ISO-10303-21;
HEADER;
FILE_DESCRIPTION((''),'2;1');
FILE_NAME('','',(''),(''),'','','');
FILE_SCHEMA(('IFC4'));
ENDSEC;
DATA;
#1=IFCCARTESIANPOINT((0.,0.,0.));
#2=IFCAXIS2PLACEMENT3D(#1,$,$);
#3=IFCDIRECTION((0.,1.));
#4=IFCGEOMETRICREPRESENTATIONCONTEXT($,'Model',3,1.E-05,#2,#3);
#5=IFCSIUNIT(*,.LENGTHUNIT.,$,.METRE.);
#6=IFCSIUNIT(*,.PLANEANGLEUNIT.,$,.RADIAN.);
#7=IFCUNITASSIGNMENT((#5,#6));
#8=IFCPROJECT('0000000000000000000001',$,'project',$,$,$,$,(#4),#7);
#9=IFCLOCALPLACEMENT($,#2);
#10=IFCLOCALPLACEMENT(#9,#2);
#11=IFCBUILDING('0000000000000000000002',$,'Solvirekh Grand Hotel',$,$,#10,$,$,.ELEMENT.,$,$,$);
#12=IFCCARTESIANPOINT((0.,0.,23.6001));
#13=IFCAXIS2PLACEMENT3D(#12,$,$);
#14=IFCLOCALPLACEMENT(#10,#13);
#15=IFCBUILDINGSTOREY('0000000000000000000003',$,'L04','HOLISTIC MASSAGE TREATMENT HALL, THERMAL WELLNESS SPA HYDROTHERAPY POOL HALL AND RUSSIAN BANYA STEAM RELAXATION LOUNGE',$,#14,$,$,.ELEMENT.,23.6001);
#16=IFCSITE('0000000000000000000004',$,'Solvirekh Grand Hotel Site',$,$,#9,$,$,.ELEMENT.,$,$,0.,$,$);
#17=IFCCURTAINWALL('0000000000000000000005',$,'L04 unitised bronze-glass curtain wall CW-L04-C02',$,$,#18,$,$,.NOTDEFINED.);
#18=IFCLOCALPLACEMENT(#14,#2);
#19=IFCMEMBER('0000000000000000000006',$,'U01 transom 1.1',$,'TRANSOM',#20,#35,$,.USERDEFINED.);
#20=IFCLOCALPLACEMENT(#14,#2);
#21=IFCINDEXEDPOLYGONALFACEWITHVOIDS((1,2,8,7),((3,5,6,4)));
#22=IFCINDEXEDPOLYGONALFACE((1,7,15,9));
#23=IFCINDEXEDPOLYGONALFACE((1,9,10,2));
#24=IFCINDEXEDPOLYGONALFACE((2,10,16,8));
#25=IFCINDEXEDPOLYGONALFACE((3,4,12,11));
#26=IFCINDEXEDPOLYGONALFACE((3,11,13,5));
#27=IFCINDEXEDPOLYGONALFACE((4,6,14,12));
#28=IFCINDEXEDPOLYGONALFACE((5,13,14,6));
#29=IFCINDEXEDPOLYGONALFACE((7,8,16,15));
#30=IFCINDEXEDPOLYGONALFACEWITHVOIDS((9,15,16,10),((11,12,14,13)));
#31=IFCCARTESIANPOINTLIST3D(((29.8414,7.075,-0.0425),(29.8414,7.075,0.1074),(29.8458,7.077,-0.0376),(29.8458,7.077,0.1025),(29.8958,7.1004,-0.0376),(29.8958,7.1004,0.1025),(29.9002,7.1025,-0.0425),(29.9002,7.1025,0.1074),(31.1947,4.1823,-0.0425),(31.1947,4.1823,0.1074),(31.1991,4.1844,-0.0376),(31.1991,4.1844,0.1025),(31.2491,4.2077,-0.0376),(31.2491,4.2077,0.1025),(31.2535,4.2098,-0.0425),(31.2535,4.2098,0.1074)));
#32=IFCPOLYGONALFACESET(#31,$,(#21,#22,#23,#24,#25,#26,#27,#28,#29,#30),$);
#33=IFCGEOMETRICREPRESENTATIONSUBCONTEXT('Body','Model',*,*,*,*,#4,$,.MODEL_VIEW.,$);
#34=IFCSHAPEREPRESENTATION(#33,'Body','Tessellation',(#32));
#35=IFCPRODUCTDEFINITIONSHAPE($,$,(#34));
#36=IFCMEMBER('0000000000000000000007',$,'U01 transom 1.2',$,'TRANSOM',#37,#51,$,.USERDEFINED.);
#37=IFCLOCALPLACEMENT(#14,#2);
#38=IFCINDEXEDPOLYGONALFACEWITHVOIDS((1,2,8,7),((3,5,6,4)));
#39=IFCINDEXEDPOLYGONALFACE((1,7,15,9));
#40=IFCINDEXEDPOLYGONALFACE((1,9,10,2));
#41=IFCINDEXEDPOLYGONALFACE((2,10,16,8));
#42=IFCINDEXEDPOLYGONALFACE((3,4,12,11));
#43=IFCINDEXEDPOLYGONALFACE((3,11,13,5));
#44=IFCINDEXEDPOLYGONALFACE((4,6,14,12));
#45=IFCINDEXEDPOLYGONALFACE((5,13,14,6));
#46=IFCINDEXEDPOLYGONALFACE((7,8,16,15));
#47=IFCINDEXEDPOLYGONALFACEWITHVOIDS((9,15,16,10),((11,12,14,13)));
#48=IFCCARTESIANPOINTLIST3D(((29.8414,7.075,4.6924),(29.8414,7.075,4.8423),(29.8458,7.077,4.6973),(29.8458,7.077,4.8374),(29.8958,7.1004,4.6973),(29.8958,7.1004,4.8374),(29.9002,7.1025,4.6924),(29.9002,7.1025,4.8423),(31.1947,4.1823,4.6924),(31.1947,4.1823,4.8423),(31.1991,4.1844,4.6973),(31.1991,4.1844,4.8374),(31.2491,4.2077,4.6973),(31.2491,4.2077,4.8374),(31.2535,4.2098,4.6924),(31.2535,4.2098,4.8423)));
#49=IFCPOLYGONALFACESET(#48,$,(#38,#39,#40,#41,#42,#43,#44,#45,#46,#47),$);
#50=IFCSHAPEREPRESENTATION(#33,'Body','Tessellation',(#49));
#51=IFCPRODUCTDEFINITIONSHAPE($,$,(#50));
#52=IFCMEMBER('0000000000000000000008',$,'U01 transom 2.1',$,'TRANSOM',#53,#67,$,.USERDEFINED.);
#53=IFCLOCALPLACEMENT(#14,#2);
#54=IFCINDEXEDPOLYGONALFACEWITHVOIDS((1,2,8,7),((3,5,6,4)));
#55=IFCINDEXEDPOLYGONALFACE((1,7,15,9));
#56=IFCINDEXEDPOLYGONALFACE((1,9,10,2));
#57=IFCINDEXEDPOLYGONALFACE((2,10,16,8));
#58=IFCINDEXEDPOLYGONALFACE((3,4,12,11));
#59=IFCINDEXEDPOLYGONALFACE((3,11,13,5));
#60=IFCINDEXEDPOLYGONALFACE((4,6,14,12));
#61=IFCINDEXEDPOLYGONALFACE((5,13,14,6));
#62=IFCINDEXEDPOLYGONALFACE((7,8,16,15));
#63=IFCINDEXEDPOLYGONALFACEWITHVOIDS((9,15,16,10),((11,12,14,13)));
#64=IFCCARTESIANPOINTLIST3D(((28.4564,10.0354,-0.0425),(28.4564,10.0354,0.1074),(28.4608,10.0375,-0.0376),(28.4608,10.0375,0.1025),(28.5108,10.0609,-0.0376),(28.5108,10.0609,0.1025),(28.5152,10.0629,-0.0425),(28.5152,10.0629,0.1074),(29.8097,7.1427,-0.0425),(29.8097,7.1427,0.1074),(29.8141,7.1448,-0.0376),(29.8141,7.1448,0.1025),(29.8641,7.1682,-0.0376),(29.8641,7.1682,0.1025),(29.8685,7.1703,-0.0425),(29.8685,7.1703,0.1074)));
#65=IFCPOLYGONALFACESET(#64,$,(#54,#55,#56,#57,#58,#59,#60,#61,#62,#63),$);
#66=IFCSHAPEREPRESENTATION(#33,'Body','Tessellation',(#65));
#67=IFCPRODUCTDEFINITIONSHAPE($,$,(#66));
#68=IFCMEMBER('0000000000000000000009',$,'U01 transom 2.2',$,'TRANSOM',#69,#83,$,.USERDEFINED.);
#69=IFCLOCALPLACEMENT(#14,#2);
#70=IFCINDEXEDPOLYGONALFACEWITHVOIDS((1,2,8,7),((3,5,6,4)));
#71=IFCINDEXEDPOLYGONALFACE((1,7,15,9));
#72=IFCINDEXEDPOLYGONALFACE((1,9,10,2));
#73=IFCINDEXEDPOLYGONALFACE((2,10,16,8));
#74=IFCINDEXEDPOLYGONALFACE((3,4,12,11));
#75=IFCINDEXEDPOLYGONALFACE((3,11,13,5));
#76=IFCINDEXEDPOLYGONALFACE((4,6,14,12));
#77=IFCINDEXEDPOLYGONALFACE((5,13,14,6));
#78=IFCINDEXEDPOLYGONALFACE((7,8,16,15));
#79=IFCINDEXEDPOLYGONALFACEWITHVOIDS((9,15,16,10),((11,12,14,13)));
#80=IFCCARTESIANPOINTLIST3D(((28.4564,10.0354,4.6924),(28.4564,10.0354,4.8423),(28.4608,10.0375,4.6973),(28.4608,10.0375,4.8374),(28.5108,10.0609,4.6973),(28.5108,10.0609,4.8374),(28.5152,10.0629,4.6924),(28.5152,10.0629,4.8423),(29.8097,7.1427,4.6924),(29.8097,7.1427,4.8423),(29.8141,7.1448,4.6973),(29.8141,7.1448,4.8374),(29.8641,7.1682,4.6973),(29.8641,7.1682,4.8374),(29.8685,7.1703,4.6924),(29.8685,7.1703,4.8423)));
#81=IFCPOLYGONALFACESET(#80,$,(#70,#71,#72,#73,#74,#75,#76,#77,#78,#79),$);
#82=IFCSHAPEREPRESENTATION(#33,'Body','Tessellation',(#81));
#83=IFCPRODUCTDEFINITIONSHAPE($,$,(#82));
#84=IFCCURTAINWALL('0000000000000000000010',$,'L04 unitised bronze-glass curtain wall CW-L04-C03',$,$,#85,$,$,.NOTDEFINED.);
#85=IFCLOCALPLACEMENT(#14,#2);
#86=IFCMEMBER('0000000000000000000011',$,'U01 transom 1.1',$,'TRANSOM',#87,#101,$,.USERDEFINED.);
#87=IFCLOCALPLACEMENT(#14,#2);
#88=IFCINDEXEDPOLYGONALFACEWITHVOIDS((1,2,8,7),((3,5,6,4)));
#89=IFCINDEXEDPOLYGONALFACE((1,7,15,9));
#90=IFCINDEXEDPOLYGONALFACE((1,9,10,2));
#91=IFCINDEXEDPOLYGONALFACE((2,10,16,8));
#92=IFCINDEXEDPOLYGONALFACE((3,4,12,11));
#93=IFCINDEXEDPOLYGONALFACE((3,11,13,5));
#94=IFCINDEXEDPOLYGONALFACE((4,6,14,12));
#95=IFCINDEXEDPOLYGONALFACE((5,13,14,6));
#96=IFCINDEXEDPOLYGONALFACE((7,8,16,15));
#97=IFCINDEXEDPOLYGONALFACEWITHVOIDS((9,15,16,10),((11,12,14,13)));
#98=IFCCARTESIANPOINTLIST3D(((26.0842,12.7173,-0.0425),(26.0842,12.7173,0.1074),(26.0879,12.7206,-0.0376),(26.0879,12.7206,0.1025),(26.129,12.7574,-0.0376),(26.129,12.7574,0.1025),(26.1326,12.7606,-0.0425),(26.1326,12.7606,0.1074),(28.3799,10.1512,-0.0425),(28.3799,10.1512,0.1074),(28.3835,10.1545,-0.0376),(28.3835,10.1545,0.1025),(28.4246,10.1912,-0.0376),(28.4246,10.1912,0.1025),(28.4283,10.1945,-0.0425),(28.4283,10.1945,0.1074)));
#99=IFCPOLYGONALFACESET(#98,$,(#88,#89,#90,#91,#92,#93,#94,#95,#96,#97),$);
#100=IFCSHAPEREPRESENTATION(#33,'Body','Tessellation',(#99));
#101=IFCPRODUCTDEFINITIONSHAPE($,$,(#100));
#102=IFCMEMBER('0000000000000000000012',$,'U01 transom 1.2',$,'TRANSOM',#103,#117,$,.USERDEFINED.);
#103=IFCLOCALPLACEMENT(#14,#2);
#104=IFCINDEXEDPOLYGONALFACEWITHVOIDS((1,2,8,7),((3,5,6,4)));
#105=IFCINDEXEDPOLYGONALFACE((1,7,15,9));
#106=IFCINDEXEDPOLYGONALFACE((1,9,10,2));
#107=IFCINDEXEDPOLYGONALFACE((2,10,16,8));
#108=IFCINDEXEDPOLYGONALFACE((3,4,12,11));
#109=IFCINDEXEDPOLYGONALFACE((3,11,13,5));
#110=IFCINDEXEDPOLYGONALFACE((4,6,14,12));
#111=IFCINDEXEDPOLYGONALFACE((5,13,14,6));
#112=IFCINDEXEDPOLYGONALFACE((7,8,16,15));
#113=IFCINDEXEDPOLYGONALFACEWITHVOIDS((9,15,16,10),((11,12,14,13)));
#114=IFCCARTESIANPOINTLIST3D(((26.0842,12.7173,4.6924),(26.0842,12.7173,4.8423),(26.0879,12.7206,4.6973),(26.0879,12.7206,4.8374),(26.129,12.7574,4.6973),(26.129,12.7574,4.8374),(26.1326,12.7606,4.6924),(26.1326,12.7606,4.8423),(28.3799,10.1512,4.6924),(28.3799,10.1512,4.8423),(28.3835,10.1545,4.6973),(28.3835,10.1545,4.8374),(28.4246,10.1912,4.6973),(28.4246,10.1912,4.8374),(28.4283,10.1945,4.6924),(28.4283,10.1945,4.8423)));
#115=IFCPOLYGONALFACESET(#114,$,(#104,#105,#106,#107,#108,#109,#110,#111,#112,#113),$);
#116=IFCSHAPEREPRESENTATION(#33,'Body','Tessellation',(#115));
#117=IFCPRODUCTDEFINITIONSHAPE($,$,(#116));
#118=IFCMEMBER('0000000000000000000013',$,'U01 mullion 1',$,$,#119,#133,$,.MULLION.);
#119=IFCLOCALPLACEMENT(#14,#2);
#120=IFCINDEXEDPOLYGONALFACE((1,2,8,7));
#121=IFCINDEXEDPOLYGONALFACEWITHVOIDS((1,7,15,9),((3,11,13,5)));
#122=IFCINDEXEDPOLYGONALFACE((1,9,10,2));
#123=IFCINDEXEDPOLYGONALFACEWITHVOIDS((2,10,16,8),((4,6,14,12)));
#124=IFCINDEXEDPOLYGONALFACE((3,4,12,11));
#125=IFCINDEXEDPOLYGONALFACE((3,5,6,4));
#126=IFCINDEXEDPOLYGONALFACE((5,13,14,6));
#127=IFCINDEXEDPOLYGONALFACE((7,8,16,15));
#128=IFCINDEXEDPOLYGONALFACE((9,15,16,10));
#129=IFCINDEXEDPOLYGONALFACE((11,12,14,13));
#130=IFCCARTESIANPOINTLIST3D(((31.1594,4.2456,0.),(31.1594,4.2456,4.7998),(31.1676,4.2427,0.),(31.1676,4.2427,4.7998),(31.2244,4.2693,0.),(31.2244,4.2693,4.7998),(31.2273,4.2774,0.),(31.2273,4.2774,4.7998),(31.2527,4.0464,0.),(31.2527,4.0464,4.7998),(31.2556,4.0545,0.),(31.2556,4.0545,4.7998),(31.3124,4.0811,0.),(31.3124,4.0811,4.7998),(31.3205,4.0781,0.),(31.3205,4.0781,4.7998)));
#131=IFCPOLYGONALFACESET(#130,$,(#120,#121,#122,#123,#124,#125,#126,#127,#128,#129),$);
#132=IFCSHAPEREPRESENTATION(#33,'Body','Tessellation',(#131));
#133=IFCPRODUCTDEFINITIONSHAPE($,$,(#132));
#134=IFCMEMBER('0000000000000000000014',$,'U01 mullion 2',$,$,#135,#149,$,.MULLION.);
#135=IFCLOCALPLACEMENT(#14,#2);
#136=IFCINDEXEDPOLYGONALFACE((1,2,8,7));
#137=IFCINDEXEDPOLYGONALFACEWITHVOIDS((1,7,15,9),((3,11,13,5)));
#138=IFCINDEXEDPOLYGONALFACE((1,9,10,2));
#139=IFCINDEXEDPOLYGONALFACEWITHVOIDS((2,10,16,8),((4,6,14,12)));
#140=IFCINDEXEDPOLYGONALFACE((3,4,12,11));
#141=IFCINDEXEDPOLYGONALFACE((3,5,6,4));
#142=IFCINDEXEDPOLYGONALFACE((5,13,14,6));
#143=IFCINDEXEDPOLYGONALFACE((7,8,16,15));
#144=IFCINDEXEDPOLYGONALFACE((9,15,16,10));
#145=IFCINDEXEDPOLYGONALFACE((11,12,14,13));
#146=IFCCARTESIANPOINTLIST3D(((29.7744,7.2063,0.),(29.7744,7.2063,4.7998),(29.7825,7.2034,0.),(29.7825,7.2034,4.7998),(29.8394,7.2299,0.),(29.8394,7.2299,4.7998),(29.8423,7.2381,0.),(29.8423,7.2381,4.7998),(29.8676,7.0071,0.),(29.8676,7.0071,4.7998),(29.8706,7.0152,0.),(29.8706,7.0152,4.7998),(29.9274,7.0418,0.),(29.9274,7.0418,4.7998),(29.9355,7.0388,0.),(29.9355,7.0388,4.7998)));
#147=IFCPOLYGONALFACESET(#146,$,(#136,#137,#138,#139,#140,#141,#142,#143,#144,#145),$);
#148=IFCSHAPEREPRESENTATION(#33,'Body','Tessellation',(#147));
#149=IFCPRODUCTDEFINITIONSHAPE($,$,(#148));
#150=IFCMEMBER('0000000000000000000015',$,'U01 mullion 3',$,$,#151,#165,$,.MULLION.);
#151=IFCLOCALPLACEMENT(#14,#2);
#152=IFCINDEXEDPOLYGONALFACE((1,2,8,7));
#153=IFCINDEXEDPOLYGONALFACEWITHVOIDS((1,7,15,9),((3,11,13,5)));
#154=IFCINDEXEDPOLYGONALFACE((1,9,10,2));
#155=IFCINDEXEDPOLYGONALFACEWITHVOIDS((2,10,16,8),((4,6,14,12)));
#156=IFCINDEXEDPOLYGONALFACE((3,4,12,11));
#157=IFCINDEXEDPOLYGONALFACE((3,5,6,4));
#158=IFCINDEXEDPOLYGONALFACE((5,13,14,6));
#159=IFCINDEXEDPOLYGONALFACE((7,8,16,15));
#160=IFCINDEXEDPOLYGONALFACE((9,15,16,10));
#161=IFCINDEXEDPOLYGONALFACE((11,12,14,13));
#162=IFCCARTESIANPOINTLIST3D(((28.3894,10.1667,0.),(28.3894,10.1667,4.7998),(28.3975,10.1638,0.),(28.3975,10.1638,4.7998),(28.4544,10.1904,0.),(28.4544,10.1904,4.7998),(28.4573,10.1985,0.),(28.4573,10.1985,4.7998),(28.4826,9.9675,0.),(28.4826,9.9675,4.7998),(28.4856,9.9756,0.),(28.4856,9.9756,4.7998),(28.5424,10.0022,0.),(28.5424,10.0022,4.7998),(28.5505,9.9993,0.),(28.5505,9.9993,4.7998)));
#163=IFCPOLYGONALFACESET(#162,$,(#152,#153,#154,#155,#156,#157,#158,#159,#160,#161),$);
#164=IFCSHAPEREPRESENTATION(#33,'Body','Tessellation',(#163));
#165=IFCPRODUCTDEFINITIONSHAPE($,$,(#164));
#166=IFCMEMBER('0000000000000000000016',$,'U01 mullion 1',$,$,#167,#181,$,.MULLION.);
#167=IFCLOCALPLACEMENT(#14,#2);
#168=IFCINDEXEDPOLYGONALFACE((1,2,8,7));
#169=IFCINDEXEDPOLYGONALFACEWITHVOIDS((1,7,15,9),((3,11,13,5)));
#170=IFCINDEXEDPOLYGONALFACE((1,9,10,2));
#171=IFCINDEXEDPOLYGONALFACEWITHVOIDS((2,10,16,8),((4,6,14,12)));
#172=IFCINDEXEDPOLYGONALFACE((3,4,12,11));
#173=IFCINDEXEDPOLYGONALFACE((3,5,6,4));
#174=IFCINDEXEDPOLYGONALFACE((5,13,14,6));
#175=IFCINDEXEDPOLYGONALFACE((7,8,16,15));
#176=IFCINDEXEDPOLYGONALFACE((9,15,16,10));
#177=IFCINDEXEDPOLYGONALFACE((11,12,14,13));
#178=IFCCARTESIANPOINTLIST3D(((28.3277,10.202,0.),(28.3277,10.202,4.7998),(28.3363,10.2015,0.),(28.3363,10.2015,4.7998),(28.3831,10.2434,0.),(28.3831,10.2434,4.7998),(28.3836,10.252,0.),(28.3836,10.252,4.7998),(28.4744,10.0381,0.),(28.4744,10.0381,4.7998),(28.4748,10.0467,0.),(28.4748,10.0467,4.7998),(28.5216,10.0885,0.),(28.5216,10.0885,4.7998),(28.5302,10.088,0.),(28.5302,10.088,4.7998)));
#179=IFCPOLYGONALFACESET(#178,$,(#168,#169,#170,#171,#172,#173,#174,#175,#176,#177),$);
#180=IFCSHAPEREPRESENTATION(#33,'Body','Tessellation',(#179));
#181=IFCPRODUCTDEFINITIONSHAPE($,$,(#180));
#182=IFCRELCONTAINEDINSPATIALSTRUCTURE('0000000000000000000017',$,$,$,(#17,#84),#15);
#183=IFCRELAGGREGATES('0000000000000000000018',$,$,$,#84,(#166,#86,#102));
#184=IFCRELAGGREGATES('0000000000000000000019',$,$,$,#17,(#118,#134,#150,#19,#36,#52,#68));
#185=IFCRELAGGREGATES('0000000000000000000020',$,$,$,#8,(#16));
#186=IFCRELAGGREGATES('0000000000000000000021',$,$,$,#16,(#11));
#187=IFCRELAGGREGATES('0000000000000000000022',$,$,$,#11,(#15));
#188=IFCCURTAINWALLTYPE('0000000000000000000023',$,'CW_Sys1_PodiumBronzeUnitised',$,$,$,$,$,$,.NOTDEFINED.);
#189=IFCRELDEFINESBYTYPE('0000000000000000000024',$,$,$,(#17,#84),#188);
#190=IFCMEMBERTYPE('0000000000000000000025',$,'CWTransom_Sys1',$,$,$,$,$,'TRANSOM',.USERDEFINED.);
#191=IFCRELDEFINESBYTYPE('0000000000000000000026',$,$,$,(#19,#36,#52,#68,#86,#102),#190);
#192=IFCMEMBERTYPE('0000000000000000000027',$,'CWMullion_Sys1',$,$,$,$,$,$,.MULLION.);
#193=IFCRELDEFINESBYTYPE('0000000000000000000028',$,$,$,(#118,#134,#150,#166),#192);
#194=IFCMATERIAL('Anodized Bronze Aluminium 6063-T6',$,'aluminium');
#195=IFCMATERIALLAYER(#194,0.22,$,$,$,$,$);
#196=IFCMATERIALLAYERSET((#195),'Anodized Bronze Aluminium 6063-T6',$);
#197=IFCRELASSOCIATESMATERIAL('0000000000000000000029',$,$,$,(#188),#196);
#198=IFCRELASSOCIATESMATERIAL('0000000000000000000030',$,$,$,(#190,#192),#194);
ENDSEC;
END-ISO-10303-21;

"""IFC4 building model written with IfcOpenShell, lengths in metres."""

from ifc_helpers import new_model, si_unit, direction, frame, origin, origin_2d, place, context, subcontext, project, spatial, hollow_rectangle, extrude, source, transform, mapped, material, layer, layer_set, material_profile, profile_set, type_object, element, aggregate, save


model = new_model("IFC4")

# Units and contexts
model_context = context("Model", 3, precision=1e-05, world=origin(), true_north=direction((0.0, 1.0)))
body_context = subcontext(model_context, "Body", "Model", "MODEL_VIEW")
ifc_project = project(units=[si_unit("LENGTHUNIT", "METRE"), si_unit("PLANEANGLEUNIT", "RADIAN")], contexts=[model_context])

# Site, building, storey
site_placement = place(None, origin())
site = spatial("IfcSite", under=ifc_project, at=site_placement, Name="Solvirekh Grand Hotel Site", CompositionType="ELEMENT", RefElevation=0.0)
building_placement = place(site_placement, origin())
building = spatial("IfcBuilding", under=site, at=building_placement, Name="Solvirekh Grand Hotel", CompositionType="ELEMENT")
storey_placement = place(building_placement, frame((0.0, 0.0, 23.6001)))
storey = spatial("IfcBuildingStorey", under=building, at=storey_placement, Name="L04", Description="HOLISTIC MASSAGE TREATMENT HALL, THERMAL WELLNESS SPA HYDROTHERAPY POOL HALL AND RUSSIAN BANYA STEAM RELAXATION LOUNGE", CompositionType="ELEMENT", Elevation=23.6001)

# Curtain walls, members
ifc_material_1 = material(Name="Anodized Bronze Aluminium 6063-T6", Category="aluminium")
ifc_layer_1 = layer(ifc_material_1, 0.22)
ifc_layer_set_1 = layer_set([ifc_layer_1], Name="Anodized Bronze Aluminium 6063-T6")
curtain_wall_type = type_object("IfcCurtainWallType", Name="CW_Sys1_PodiumBronzeUnitised", PredefinedType="NOTDEFINED", material=ifc_layer_set_1)
curtain_wall_1_placement = place(storey_placement, origin())
curtain_wall_1 = element("IfcCurtainWall", 1, at=curtain_wall_1_placement, inside=storey, type_object=curtain_wall_type, Name="L04 unitised bronze-glass curtain wall CW-L04-C02", PredefinedType="NOTDEFINED")
ifc_material_profile_1 = material_profile(ifc_material_1, hollow_rectangle(XDim=0.0649, YDim=0.1499, WallThickness=0.0049, at=origin_2d()), Name="ALU RHS 150X65X5")
ifc_profile_set_1 = profile_set([ifc_material_profile_1], Name="Anodized Bronze Aluminium 6063-T6")
member_type_1 = type_object("IfcMemberType", Name="CWTransom_Sys1", ElementType="TRANSOM", PredefinedType="USERDEFINED", material=ifc_profile_set_1)
shared_shape_1 = source(origin(), body_context, "Body", "SweptSolid", [
    extrude(hollow_rectangle(XDim=0.0649, YDim=0.1499, WallThickness=0.0049, at=origin_2d()), origin(), (0.0, 0.0, 1.0), 3.1936),
])
member_1_placement = place(storey_placement, frame((31.2241, 4.196, 0.0325), z_axis=(-0.42376, 0.905775, 0.0), x_axis=(-0.905775, -0.42376, 0.0)))
member_1 = element("IfcMember", 2, at=member_1_placement, type_object=member_type_1, Name="U01 transom 1.1", ObjectType="TRANSOM", PredefinedType="USERDEFINED", context=body_context, shape_type="MappedRepresentation", body=[
    mapped(shared_shape_1, transform((0.0, 0.0, 0.0), x_axis=(1.0, 0.0, 0.0), y_axis=(0.0, 1.0, 0.0), z_axis=(0.0, 0.0, 1.0), scale=1.0)),
])
member_2_placement = place(storey_placement, frame((31.2241, 4.196, 4.7673), z_axis=(-0.42376, 0.905775, 0.0), x_axis=(-0.905775, -0.42376, 0.0)))
member_2 = element("IfcMember", 3, at=member_2_placement, type_object=member_type_1, Name="U01 transom 1.2", ObjectType="TRANSOM", PredefinedType="USERDEFINED", context=body_context, shape_type="MappedRepresentation", body=[
    mapped(shared_shape_1, transform((0.0, 0.0, 0.0), x_axis=(1.0, 0.0, 0.0), y_axis=(0.0, 1.0, 0.0), z_axis=(0.0, 0.0, 1.0), scale=1.0)),
])
member_3_placement = place(storey_placement, frame((29.8391, 7.1565, 0.0325), z_axis=(-0.42376, 0.905775, 0.0), x_axis=(-0.905775, -0.42376, 0.0)))
member_3 = element("IfcMember", 4, at=member_3_placement, type_object=member_type_1, Name="U01 transom 2.1", ObjectType="TRANSOM", PredefinedType="USERDEFINED", context=body_context, shape_type="MappedRepresentation", body=[
    mapped(shared_shape_1, transform((0.0, 0.0, 0.0), x_axis=(1.0, 0.0, 0.0), y_axis=(0.0, 1.0, 0.0), z_axis=(0.0, 0.0, 1.0), scale=1.0)),
])
member_4_placement = place(storey_placement, frame((29.8391, 7.1565, 4.7673), z_axis=(-0.42376, 0.905775, 0.0), x_axis=(-0.905775, -0.42376, 0.0)))
member_4 = element("IfcMember", 5, at=member_4_placement, type_object=member_type_1, Name="U01 transom 2.2", ObjectType="TRANSOM", PredefinedType="USERDEFINED", context=body_context, shape_type="MappedRepresentation", body=[
    mapped(shared_shape_1, transform((0.0, 0.0, 0.0), x_axis=(1.0, 0.0, 0.0), y_axis=(0.0, 1.0, 0.0), z_axis=(0.0, 0.0, 1.0), scale=1.0)),
])
curtain_wall_2_placement = place(storey_placement, origin())
curtain_wall_2 = element("IfcCurtainWall", 6, at=curtain_wall_2_placement, inside=storey, type_object=curtain_wall_type, Name="L04 unitised bronze-glass curtain wall CW-L04-C03", PredefinedType="NOTDEFINED")
shared_shape_2 = source(origin(), body_context, "Body", "SweptSolid", [
    extrude(hollow_rectangle(XDim=0.0649, YDim=0.1499, WallThickness=0.0049, at=origin_2d()), origin(), (0.0, 0.0, 1.0), 3.4431),
])
member_5_placement = place(storey_placement, frame((28.4041, 10.1729, 0.0325), z_axis=(-0.666733, 0.745297, 0.0), x_axis=(-0.745297, -0.666733, 0.0)))
member_5 = element("IfcMember", 7, at=member_5_placement, type_object=member_type_1, Name="U01 transom 1.1", ObjectType="TRANSOM", PredefinedType="USERDEFINED", context=body_context, shape_type="MappedRepresentation", body=[
    mapped(shared_shape_2, transform((0.0, 0.0, 0.0), x_axis=(1.0, 0.0, 0.0), y_axis=(0.0, 1.0, 0.0), z_axis=(0.0, 0.0, 1.0), scale=1.0)),
])
member_6_placement = place(storey_placement, frame((28.4041, 10.1729, 4.7673), z_axis=(-0.666733, 0.745297, 0.0), x_axis=(-0.745297, -0.666733, 0.0)))
member_6 = element("IfcMember", 8, at=member_6_placement, type_object=member_type_1, Name="U01 transom 1.2", ObjectType="TRANSOM", PredefinedType="USERDEFINED", context=body_context, shape_type="MappedRepresentation", body=[
    mapped(shared_shape_2, transform((0.0, 0.0, 0.0), x_axis=(1.0, 0.0, 0.0), y_axis=(0.0, 1.0, 0.0), z_axis=(0.0, 0.0, 1.0), scale=1.0)),
])

# Members
ifc_material_profile_2 = material_profile(ifc_material_1, hollow_rectangle(XDim=0.075, YDim=0.22, WallThickness=0.0061, at=origin_2d()), Name="ALU RHS 220X75X6")
ifc_profile_set_2 = profile_set([ifc_material_profile_2], Name="Anodized Bronze Aluminium 6063-T6")
member_type_2 = type_object("IfcMemberType", Name="CWMullion_Sys1", PredefinedType="MULLION", material=ifc_profile_set_2)
shared_shape_3 = source(origin(), body_context, "Body", "SweptSolid", [
    extrude(hollow_rectangle(XDim=0.075, YDim=0.22, WallThickness=0.0061, at=origin_2d()), origin(), (0.0, 0.0, 1.0), 4.7998),
])
member_7_placement = place(storey_placement, frame((31.24, 4.1619, 0.0), z_axis=(0.0, 0.0, 1.0), x_axis=(-0.905769, -0.423771, 0.0)))
member_7 = element("IfcMember", 9, at=member_7_placement, type_object=member_type_2, Name="U01 mullion 1", PredefinedType="MULLION", context=body_context, shape_type="MappedRepresentation", body=[
    mapped(shared_shape_3, transform((0.0, 0.0, 0.0), x_axis=(1.0, 0.0, 0.0), y_axis=(0.0, 1.0, 0.0), z_axis=(0.0, 0.0, 1.0), scale=1.0)),
])
member_8_placement = place(storey_placement, frame((29.855, 7.1226, 0.0), z_axis=(0.0, 0.0, 1.0), x_axis=(-0.905769, -0.423771, 0.0)))
member_8 = element("IfcMember", 10, at=member_8_placement, type_object=member_type_2, Name="U01 mullion 2", PredefinedType="MULLION", context=body_context, shape_type="MappedRepresentation", body=[
    mapped(shared_shape_3, transform((0.0, 0.0, 0.0), x_axis=(1.0, 0.0, 0.0), y_axis=(0.0, 1.0, 0.0), z_axis=(0.0, 0.0, 1.0), scale=1.0)),
])
member_9_placement = place(storey_placement, frame((28.47, 10.083, 0.0), z_axis=(0.0, 0.0, 1.0), x_axis=(-0.905769, -0.423771, 0.0)))
member_9 = element("IfcMember", 11, at=member_9_placement, type_object=member_type_2, Name="U01 mullion 3", PredefinedType="MULLION", context=body_context, shape_type="MappedRepresentation", body=[
    mapped(shared_shape_3, transform((0.0, 0.0, 0.0), x_axis=(1.0, 0.0, 0.0), y_axis=(0.0, 1.0, 0.0), z_axis=(0.0, 0.0, 1.0), scale=1.0)),
])
member_10_placement = place(storey_placement, frame((28.429, 10.145, 0.0), z_axis=(0.0, 0.0, 1.0), x_axis=(-0.745319, -0.666709, 0.0)))
member_10 = element("IfcMember", 12, at=member_10_placement, type_object=member_type_2, Name="U01 mullion 1", PredefinedType="MULLION", context=body_context, shape_type="MappedRepresentation", body=[
    mapped(shared_shape_3, transform((0.0, 0.0, 0.0), x_axis=(1.0, 0.0, 0.0), y_axis=(0.0, 1.0, 0.0), z_axis=(0.0, 0.0, 1.0), scale=1.0)),
])
aggregate(curtain_wall_2, [member_10, member_5, member_6])

aggregate(curtain_wall_1, [member_7, member_8, member_9, member_1, member_2, member_3, member_4])

save(model, "model.ifc")
